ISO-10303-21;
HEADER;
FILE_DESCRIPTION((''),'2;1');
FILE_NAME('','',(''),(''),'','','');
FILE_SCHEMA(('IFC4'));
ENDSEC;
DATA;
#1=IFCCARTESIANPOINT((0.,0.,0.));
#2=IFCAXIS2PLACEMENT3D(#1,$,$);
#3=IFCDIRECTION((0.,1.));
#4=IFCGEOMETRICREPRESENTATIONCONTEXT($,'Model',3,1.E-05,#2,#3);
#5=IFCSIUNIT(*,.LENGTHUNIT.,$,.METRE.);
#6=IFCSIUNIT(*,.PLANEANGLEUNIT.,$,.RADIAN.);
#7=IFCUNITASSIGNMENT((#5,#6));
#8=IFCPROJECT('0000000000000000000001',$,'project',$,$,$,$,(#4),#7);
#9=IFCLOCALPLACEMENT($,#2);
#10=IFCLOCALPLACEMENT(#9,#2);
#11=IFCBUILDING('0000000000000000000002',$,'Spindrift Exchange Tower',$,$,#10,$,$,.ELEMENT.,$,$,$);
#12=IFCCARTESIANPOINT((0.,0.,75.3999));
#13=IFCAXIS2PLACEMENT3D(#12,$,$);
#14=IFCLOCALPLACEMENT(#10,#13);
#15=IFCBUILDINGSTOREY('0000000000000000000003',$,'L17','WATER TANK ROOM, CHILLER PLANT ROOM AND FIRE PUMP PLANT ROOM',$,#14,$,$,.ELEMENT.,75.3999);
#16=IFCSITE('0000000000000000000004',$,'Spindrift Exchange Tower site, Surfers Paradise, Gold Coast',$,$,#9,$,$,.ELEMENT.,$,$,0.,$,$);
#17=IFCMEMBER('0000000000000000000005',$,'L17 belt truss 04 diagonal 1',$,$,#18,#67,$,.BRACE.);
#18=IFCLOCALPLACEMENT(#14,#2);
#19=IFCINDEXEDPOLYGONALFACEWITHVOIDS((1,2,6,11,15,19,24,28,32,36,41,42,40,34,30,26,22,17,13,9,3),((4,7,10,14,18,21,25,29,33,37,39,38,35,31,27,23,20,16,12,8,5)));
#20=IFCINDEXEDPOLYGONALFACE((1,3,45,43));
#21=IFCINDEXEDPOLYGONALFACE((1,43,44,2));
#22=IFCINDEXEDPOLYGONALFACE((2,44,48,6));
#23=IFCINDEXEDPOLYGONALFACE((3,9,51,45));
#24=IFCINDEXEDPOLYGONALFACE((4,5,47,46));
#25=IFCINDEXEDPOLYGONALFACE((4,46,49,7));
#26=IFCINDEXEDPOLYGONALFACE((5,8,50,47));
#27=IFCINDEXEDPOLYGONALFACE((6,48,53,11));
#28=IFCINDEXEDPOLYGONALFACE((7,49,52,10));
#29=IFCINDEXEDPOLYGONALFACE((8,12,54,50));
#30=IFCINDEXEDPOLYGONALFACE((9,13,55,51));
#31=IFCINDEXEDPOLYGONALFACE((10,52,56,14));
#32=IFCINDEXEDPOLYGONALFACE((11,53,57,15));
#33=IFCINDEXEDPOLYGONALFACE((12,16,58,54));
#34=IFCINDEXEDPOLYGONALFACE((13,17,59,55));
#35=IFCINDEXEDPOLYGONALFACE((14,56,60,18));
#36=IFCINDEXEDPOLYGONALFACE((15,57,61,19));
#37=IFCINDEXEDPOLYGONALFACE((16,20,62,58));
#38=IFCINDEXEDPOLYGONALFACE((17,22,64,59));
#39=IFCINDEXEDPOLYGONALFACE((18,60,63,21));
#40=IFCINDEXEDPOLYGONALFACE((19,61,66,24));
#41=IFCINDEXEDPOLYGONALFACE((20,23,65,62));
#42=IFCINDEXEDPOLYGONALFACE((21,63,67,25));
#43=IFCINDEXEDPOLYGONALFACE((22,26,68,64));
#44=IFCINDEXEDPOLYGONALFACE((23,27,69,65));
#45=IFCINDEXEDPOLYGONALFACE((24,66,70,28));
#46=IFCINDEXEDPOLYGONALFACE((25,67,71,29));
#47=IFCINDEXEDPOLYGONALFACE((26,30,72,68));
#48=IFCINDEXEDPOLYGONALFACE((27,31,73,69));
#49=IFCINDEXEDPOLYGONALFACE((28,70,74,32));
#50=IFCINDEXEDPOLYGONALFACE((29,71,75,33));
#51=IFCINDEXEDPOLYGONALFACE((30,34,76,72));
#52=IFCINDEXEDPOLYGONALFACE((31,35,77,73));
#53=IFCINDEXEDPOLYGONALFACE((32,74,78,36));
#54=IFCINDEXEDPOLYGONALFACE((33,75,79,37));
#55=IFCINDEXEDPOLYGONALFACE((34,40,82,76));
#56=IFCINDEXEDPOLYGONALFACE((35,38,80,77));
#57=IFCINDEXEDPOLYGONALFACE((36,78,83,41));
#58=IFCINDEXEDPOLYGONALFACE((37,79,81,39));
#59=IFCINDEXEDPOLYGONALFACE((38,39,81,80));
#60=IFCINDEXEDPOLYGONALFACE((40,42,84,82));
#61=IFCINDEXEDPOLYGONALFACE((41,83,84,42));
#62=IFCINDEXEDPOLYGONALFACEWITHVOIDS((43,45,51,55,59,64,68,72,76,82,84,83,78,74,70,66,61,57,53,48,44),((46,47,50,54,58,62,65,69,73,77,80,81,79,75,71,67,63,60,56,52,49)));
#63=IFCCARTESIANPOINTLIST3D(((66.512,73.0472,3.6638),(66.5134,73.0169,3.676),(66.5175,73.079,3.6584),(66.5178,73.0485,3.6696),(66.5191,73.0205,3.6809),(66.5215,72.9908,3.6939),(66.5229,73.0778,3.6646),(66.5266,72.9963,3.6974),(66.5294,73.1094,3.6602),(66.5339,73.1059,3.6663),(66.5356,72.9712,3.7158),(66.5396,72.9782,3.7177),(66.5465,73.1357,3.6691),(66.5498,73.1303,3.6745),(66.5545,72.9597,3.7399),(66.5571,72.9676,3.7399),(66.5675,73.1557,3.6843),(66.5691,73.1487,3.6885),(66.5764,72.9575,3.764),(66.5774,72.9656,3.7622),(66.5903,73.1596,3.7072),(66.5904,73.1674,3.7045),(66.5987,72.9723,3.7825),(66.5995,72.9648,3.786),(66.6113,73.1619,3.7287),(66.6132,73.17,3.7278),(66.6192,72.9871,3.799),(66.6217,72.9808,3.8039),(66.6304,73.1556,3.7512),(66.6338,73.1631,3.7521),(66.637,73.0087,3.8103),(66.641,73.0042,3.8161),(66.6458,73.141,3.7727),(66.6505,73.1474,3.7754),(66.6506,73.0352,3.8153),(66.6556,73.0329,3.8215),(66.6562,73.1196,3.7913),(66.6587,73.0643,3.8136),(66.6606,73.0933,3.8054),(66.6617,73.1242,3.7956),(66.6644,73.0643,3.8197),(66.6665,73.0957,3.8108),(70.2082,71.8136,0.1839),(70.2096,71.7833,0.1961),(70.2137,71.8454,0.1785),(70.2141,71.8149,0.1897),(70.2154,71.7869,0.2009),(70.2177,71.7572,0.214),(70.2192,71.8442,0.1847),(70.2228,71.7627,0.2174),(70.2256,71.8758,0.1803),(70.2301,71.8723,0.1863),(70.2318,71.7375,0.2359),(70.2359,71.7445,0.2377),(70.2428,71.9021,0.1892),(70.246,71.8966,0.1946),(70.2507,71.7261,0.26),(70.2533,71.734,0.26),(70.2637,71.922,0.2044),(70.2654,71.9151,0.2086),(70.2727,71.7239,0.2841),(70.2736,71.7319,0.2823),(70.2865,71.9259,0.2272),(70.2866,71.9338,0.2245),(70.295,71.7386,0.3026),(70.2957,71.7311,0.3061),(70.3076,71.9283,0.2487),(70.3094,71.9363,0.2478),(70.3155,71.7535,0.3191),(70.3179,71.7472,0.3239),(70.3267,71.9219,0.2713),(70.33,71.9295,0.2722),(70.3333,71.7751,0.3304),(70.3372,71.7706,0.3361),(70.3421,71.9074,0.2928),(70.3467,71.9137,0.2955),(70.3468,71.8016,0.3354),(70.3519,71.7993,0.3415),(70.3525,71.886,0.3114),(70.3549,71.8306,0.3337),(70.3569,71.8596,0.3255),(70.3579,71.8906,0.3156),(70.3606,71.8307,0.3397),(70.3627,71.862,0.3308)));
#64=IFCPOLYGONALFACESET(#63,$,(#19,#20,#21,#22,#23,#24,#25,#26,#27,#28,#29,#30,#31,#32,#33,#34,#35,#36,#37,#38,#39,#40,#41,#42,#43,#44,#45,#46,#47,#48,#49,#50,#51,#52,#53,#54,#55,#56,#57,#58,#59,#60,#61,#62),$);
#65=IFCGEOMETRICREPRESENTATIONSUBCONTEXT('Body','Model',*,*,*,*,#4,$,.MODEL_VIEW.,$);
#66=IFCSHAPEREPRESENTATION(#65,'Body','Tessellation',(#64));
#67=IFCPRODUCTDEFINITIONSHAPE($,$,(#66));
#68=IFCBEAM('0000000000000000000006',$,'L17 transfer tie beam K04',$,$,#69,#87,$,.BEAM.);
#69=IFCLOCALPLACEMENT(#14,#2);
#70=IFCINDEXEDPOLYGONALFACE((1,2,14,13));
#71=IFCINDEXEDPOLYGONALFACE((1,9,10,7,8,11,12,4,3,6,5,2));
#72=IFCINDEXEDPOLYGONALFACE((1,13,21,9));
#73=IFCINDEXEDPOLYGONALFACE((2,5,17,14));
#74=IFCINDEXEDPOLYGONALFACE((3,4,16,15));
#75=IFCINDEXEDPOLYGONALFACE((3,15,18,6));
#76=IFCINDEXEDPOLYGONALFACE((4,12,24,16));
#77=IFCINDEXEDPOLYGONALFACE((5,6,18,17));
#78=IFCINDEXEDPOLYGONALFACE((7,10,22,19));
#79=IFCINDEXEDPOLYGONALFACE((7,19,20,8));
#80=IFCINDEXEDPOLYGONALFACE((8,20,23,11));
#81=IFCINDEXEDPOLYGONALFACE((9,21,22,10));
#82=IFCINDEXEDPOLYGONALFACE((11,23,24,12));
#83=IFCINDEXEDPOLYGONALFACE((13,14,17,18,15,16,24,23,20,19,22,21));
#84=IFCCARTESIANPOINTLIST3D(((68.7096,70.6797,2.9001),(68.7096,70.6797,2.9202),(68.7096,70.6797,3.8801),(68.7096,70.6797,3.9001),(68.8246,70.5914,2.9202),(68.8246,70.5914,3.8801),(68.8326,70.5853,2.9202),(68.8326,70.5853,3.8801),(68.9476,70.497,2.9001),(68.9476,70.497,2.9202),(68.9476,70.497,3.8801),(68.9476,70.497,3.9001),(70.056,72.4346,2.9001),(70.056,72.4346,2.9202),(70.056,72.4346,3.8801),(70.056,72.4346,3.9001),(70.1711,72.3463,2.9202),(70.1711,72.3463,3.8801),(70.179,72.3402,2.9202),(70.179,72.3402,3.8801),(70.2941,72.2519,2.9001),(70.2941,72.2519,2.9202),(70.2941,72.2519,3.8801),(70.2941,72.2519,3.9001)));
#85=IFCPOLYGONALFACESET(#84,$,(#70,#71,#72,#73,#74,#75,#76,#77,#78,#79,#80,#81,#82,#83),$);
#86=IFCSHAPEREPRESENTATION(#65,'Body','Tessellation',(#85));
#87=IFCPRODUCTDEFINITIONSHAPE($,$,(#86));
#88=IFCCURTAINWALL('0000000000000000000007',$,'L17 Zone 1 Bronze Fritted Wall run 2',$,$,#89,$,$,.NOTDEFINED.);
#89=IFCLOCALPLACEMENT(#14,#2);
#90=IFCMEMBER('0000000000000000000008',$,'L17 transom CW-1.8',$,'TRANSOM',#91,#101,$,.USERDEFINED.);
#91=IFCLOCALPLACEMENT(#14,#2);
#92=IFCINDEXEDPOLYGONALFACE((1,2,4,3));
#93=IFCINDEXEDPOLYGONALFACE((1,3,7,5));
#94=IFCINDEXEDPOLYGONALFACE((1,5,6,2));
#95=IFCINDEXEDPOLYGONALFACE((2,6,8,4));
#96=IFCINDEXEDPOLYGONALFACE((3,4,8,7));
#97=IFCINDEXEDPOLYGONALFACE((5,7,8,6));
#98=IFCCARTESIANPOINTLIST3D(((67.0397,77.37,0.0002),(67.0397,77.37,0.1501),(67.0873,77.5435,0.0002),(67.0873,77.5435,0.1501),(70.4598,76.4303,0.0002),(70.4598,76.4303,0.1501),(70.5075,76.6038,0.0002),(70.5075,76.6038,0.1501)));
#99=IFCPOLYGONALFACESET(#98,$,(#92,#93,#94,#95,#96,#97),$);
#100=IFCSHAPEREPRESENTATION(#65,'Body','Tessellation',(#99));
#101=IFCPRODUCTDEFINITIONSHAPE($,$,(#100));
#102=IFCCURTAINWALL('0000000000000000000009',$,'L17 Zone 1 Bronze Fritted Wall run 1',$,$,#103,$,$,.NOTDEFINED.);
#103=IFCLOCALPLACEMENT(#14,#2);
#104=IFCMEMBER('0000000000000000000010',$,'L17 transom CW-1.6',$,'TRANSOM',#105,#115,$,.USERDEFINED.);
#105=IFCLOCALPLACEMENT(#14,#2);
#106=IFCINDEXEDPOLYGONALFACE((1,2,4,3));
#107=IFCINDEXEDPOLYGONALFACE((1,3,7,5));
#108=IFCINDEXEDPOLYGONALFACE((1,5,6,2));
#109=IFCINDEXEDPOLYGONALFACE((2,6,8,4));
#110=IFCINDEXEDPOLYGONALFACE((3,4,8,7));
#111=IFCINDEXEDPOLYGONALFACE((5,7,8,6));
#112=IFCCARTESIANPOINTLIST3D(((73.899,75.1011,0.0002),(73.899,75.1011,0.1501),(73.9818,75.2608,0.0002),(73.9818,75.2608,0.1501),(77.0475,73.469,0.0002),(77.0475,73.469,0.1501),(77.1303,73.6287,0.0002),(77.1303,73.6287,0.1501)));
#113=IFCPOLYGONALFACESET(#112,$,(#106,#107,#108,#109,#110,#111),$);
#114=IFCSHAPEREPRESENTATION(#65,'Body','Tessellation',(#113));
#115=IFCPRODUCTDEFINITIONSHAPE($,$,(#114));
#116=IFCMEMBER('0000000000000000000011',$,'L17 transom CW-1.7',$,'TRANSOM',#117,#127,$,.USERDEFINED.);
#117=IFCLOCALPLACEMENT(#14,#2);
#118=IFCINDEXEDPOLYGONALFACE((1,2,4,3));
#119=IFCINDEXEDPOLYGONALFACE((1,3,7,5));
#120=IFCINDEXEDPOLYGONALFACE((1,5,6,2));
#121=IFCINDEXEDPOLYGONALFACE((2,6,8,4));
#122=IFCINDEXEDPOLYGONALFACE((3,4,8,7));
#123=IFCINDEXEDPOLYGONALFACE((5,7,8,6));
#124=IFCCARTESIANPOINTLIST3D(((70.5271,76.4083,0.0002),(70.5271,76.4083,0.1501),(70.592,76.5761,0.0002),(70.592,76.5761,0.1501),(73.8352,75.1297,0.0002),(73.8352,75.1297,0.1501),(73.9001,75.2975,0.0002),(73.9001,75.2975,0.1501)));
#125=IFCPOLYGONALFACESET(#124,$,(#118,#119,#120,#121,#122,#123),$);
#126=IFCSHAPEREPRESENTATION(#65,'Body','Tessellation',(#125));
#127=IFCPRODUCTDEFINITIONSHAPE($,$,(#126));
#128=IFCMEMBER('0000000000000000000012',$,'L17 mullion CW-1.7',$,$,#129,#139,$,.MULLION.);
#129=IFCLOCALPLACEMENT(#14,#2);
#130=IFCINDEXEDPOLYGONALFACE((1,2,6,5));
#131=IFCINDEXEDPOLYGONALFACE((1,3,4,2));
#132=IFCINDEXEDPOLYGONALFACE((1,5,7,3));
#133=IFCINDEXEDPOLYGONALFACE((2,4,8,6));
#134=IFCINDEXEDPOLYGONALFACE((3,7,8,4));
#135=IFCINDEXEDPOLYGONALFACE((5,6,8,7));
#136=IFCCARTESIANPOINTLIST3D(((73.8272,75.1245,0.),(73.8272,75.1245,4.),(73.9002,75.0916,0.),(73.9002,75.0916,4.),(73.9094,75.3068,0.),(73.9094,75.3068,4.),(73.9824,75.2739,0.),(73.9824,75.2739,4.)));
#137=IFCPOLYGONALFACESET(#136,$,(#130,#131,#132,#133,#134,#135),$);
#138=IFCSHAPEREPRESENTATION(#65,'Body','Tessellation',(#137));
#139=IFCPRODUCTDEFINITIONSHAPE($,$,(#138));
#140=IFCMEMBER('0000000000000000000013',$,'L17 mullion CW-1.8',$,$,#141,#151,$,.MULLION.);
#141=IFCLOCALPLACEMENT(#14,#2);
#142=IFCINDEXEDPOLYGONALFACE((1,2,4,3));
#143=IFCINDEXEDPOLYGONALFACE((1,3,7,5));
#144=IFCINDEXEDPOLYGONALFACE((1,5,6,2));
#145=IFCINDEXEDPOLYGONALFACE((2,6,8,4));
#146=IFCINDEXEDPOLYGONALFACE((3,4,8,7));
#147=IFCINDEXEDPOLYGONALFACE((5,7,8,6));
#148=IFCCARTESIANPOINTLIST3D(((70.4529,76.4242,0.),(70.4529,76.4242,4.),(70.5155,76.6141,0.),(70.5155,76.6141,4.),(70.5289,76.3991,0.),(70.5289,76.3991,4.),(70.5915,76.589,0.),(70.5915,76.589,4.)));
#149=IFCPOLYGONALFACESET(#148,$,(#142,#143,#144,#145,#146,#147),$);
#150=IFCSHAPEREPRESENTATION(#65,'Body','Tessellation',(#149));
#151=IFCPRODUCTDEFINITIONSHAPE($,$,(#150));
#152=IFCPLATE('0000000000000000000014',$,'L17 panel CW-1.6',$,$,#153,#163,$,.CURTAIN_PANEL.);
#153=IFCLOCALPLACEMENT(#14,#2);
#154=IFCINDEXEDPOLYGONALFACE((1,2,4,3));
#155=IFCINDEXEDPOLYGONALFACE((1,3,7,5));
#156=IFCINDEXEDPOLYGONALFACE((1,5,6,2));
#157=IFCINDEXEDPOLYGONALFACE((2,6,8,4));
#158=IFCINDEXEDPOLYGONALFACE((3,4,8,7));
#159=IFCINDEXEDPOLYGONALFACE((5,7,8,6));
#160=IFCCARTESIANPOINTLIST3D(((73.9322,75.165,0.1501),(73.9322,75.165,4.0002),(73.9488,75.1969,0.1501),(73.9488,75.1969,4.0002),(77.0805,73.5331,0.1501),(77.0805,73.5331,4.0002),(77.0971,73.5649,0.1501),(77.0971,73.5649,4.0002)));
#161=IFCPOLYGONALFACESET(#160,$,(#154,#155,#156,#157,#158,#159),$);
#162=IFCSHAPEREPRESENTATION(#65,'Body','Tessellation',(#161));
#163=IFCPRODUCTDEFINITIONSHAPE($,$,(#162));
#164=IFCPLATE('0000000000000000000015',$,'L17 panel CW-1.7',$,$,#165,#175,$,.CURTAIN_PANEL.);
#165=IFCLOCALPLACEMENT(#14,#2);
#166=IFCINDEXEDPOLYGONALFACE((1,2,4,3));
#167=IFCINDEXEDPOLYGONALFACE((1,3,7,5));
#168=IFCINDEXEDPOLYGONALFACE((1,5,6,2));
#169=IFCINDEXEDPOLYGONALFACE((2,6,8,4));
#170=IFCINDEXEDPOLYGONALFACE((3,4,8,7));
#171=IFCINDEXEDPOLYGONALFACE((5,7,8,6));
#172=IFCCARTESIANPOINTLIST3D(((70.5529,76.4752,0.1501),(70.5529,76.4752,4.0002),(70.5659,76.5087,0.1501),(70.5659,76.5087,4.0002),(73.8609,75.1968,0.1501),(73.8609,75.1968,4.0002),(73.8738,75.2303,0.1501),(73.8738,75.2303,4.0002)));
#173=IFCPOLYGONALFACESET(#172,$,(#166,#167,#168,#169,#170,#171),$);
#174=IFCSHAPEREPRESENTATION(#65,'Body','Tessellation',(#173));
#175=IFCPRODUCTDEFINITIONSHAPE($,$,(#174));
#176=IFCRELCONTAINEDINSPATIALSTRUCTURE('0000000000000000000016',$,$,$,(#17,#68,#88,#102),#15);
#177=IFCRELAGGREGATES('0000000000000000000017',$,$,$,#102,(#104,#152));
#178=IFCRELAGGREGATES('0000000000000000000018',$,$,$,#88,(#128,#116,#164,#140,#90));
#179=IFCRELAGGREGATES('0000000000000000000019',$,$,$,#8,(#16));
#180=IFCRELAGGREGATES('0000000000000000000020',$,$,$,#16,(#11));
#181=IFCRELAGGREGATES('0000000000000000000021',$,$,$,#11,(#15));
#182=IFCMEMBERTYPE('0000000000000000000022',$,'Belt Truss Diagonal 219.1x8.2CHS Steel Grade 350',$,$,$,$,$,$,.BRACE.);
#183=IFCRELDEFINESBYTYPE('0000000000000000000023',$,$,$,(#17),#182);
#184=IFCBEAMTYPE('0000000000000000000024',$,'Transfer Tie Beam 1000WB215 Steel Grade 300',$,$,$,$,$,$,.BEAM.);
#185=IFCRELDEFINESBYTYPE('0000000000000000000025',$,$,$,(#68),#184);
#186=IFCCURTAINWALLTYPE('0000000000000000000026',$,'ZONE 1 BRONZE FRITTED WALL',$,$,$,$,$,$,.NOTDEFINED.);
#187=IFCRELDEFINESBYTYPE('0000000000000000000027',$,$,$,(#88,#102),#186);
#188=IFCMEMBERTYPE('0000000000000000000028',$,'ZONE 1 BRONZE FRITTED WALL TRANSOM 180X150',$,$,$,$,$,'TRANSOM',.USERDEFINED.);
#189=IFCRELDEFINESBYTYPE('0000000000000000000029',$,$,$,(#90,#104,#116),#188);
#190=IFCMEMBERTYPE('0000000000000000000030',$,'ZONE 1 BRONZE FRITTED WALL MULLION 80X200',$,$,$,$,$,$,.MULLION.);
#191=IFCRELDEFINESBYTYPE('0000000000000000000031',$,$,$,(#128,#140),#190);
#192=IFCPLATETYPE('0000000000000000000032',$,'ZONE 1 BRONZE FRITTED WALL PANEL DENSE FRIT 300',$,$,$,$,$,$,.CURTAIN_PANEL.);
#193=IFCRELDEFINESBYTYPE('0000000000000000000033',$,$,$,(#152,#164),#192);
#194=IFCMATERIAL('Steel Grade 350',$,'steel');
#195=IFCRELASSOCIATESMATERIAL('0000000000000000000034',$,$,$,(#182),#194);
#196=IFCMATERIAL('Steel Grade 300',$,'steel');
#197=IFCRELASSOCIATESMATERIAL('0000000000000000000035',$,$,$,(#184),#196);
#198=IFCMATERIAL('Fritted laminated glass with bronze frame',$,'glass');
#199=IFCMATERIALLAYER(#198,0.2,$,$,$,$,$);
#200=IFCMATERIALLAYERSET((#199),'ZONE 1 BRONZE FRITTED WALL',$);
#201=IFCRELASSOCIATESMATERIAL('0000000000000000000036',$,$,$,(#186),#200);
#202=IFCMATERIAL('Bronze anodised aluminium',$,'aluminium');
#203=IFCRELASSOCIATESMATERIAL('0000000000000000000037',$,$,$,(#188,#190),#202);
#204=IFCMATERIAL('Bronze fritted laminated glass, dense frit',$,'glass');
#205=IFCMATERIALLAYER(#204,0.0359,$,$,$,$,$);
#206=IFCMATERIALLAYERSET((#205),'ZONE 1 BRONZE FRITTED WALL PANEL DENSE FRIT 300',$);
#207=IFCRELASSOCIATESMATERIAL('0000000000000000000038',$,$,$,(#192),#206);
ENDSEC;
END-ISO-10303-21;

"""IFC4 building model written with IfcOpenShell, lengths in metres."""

from ifc_helpers import new_model, si_unit, direction, frame, origin, origin_2d, place, context, subcontext, project, spatial, rectangle, hollow_circle, i_section, extrude, source, transform, mapped, material, layer, layer_set, material_profile, profile_set, type_object, element, aggregate, save


model = new_model("IFC4")

# Units and contexts
model_context = context("Model", 3, precision=1e-05, world=origin(), true_north=direction((0.0, 1.0)))
body_context = subcontext(model_context, "Body", "Model", "MODEL_VIEW")
ifc_project = project(units=[si_unit("LENGTHUNIT", "METRE"), si_unit("PLANEANGLEUNIT", "RADIAN")], contexts=[model_context])

# Site, building, storey
site_placement = place(None, origin())
site = spatial("IfcSite", under=ifc_project, at=site_placement, Name="Spindrift Exchange Tower site, Surfers Paradise, Gold Coast", CompositionType="ELEMENT", RefElevation=0.0)
building_placement = place(site_placement, origin())
building = spatial("IfcBuilding", under=site, at=building_placement, Name="Spindrift Exchange Tower", CompositionType="ELEMENT")
storey_placement = place(building_placement, frame((0.0, 0.0, 75.3999)))
storey = spatial("IfcBuildingStorey", under=building, at=storey_placement, Name="L17", Description="WATER TANK ROOM, CHILLER PLANT ROOM AND FIRE PUMP PLANT ROOM", CompositionType="ELEMENT", Elevation=75.3999)

# Shared definitions
ifc_material_1 = material(Name="Steel Grade 300", Category="steel")

# Member
ifc_material_2 = material(Name="Steel Grade 350", Category="steel")
ifc_material_profile_1 = material_profile(ifc_material_2, hollow_circle(Radius=0.1096, WallThickness=0.0083, at=origin_2d()), Name="219.1x8.2CHS")
ifc_profile_set_1 = profile_set([ifc_material_profile_1], Name="Steel Grade 350")
member_type_1 = type_object("IfcMemberType", Name="Belt Truss Diagonal 219.1x8.2CHS Steel Grade 350", PredefinedType="BRACE", material=ifc_profile_set_1)
shared_shape_1 = source(origin(), body_context, "Body", "SweptSolid", [
    extrude(hollow_circle(Radius=0.1096, WallThickness=0.0083, at=origin_2d()), origin(), (0.0, 0.0, 1.0), 5.2244),
])
member_1_placement = place(storey_placement, frame((70.2854, 71.8301, 0.26), z_axis=(-0.707501, 0.23613, 0.666097), x_axis=(-0.316585, -0.948564, 0.0)))
element("IfcMember", 1, at=member_1_placement, inside=storey, type_object=member_type_1, Name="L17 belt truss 04 diagonal 1", PredefinedType="BRACE", context=body_context, shape_type="MappedRepresentation", body=[
    mapped(shared_shape_1, transform((0.0, 0.0, 0.0), scale=1.0)),
])

# Beam
ifc_material_profile_2 = material_profile(ifc_material_1, i_section(OverallWidth=0.3, OverallDepth=1.0, WebThickness=0.01, FlangeThickness=0.02, at=origin_2d()), Name="1000WB215")
ifc_profile_set_2 = profile_set([ifc_material_profile_2], Name="Steel Grade 300")
beam_type_1 = type_object("IfcBeamType", Name="Transfer Tie Beam 1000WB215 Steel Grade 300", PredefinedType="BEAM", material=ifc_profile_set_2)
shared_shape_2 = source(origin(), body_context, "Body", "SweptSolid", [
    extrude(i_section(OverallWidth=0.3, OverallDepth=1.0, WebThickness=0.01, FlangeThickness=0.02, at=origin_2d()), origin(), (0.0, 0.0, 1.0), 2.2119),
])
beam_1_placement = place(storey_placement, frame((70.175, 72.3433, 3.4001), z_axis=(-0.608723, -0.793382, 0.0), x_axis=(0.793382, -0.608723, 0.0)))
element("IfcBeam", 2, at=beam_1_placement, inside=storey, type_object=beam_type_1, Name="L17 transfer tie beam K04", PredefinedType="BEAM", context=body_context, shape_type="MappedRepresentation", body=[
    mapped(shared_shape_2, transform((0.0, 0.0, 0.0), scale=1.0)),
])

# Curtain walls, members
ifc_material_3 = material(Name="Fritted laminated glass with bronze frame", Category="glass")
ifc_layer_1 = layer(ifc_material_3, 0.2)
ifc_layer_set_1 = layer_set([ifc_layer_1], Name="ZONE 1 BRONZE FRITTED WALL")
curtain_wall_type = type_object("IfcCurtainWallType", Name="ZONE 1 BRONZE FRITTED WALL", PredefinedType="NOTDEFINED", material=ifc_layer_set_1)
curtain_wall_1_placement = place(storey_placement, origin())
curtain_wall_1 = element("IfcCurtainWall", 3, at=curtain_wall_1_placement, inside=storey, type_object=curtain_wall_type, Name="L17 Zone 1 Bronze Fritted Wall run 2", PredefinedType="NOTDEFINED")
ifc_material_4 = material(Name="Bronze anodised aluminium", Category="aluminium")
ifc_material_profile_3 = material_profile(ifc_material_4, rectangle(XDim=0.1799, YDim=0.1499, at=origin_2d()), Name="ZONE 1 BRONZE FRITTED WALL TRANSOM 180X150")
ifc_profile_set_3 = profile_set([ifc_material_profile_3], Name="Bronze anodised aluminium")
member_type_2 = type_object("IfcMemberType", Name="ZONE 1 BRONZE FRITTED WALL TRANSOM 180X150", ElementType="TRANSOM", PredefinedType="USERDEFINED", material=ifc_profile_set_3)
shared_shape_3 = source(origin(), body_context, "Body", "SweptSolid", [
    extrude(rectangle(XDim=0.1799, YDim=0.1499, at=origin_2d()), origin(), (0.0, 0.0, 1.0), 3.5469),
])
member_2_placement = place(storey_placement, frame((70.4836, 76.5171, 0.0752), z_axis=(-0.964267, 0.264934, 0.0), x_axis=(-0.264934, -0.964267, 0.0)))
member_2 = element("IfcMember", 4, at=member_2_placement, type_object=member_type_2, Name="L17 transom CW-1.8", ObjectType="TRANSOM", PredefinedType="USERDEFINED", context=body_context, shape_type="MappedRepresentation", body=[
    mapped(shared_shape_3, transform((0.0, 0.0, 0.0), scale=1.0)),
])
curtain_wall_2_placement = place(storey_placement, origin())
curtain_wall_2 = element("IfcCurtainWall", 5, at=curtain_wall_2_placement, inside=storey, type_object=curtain_wall_type, Name="L17 Zone 1 Bronze Fritted Wall run 1", PredefinedType="NOTDEFINED")
shared_shape_4 = source(origin(), body_context, "Body", "SweptSolid", [
    extrude(rectangle(XDim=0.1799, YDim=0.1499, at=origin_2d()), origin(), (0.0, 0.0, 1.0), 3.5464),
])
member_3_placement = place(storey_placement, frame((77.0889, 73.5488, 0.0752), z_axis=(-0.887806, 0.460219, 0.0), x_axis=(-0.460219, -0.887806, 0.0)))
member_3 = element("IfcMember", 6, at=member_3_placement, type_object=member_type_2, Name="L17 transom CW-1.6", ObjectType="TRANSOM", PredefinedType="USERDEFINED", context=body_context, shape_type="MappedRepresentation", body=[
    mapped(shared_shape_4, transform((0.0, 0.0, 0.0), scale=1.0)),
])

# Members
shared_shape_5 = source(origin(), body_context, "Body", "SweptSolid", [
    extrude(rectangle(XDim=0.1799, YDim=0.1499, at=origin_2d()), origin(), (0.0, 0.0, 1.0), 3.5466),
])
member_4_placement = place(storey_placement, frame((73.8677, 75.2136, 0.0752), z_axis=(-0.932757, 0.360505, 0.0), x_axis=(-0.360505, -0.932757, 0.0)))
member_4 = element("IfcMember", 7, at=member_4_placement, type_object=member_type_2, Name="L17 transom CW-1.7", ObjectType="TRANSOM", PredefinedType="USERDEFINED", context=body_context, shape_type="MappedRepresentation", body=[
    mapped(shared_shape_5, transform((0.0, 0.0, 0.0), scale=1.0)),
])
ifc_material_profile_4 = material_profile(ifc_material_4, rectangle(XDim=0.0801, YDim=0.2, at=origin_2d()), Name="ZONE 1 BRONZE FRITTED WALL MULLION 80X200")
ifc_profile_set_4 = profile_set([ifc_material_profile_4], Name="Bronze anodised aluminium")
member_type_3 = type_object("IfcMemberType", Name="ZONE 1 BRONZE FRITTED WALL MULLION 80X200", PredefinedType="MULLION", material=ifc_profile_set_4)
shared_shape_6 = source(origin(), body_context, "Body", "SweptSolid", [
    extrude(rectangle(XDim=0.0801, YDim=0.2, at=origin_2d()), origin(), (0.0, 0.0, 1.0), 4.0),
])
member_5_placement = place(storey_placement, frame((73.9048, 75.1992, 0.0), z_axis=(0.0, 0.0, 1.0), x_axis=(-0.911654, 0.410959, 0.0)))
member_5 = element("IfcMember", 8, at=member_5_placement, type_object=member_type_3, Name="L17 mullion CW-1.7", PredefinedType="MULLION", context=body_context, shape_type="MappedRepresentation", body=[
    mapped(shared_shape_6, transform((0.0, 0.0, 0.0), scale=1.0)),
])
member_6_placement = place(storey_placement, frame((70.5222, 76.5066, 0.0), z_axis=(0.0, 0.0, 1.0), x_axis=(-0.949726, 0.313081, 0.0)))
member_6 = element("IfcMember", 9, at=member_6_placement, type_object=member_type_3, Name="L17 mullion CW-1.8", PredefinedType="MULLION", context=body_context, shape_type="MappedRepresentation", body=[
    mapped(shared_shape_6, transform((0.0, 0.0, 0.0), scale=1.0)),
])

# Plates
ifc_material_5 = material(Name="Bronze fritted laminated glass, dense frit", Category="glass")
ifc_layer_2 = layer(ifc_material_5, 0.0359)
ifc_layer_set_2 = layer_set([ifc_layer_2], Name="ZONE 1 BRONZE FRITTED WALL PANEL DENSE FRIT 300")
plate_type_1 = type_object("IfcPlateType", Name="ZONE 1 BRONZE FRITTED WALL PANEL DENSE FRIT 300", PredefinedType="CURTAIN_PANEL", material=ifc_layer_set_2)
shared_shape_7 = source(origin(), body_context, "Body", "SweptSolid", [
    extrude(rectangle(XDim=3.5461, YDim=0.0359, at=origin_2d()), origin(), (0.0, 0.0, 1.0), 3.8501),
])
plate_1_placement = place(storey_placement, frame((75.5146, 74.365, 0.1501), z_axis=(0.0, 0.0, 1.0), x_axis=(-0.887813, 0.460204, 0.0)))
plate_1 = element("IfcPlate", 10, at=plate_1_placement, type_object=plate_type_1, Name="L17 panel CW-1.6", PredefinedType="CURTAIN_PANEL", context=body_context, shape_type="MappedRepresentation", body=[
    mapped(shared_shape_7, transform((0.0, 0.0, 0.0), scale=1.0)),
])
aggregate(curtain_wall_2, [member_3, plate_1])
shared_shape_8 = source(origin(), body_context, "Body", "SweptSolid", [
    extrude(rectangle(XDim=3.5464, YDim=0.0359, at=origin_2d()), origin(), (0.0, 0.0, 1.0), 3.8501),
])
plate_2_placement = place(storey_placement, frame((72.2134, 75.8528, 0.1501), z_axis=(0.0, 0.0, 1.0), x_axis=(-0.932766, 0.360482, 0.0)))
plate_2 = element("IfcPlate", 11, at=plate_2_placement, type_object=plate_type_1, Name="L17 panel CW-1.7", PredefinedType="CURTAIN_PANEL", context=body_context, shape_type="MappedRepresentation", body=[
    mapped(shared_shape_8, transform((0.0, 0.0, 0.0), scale=1.0)),
])
aggregate(curtain_wall_1, [member_5, member_4, plate_2, member_6, member_2])

save(model, "model.ifc")
